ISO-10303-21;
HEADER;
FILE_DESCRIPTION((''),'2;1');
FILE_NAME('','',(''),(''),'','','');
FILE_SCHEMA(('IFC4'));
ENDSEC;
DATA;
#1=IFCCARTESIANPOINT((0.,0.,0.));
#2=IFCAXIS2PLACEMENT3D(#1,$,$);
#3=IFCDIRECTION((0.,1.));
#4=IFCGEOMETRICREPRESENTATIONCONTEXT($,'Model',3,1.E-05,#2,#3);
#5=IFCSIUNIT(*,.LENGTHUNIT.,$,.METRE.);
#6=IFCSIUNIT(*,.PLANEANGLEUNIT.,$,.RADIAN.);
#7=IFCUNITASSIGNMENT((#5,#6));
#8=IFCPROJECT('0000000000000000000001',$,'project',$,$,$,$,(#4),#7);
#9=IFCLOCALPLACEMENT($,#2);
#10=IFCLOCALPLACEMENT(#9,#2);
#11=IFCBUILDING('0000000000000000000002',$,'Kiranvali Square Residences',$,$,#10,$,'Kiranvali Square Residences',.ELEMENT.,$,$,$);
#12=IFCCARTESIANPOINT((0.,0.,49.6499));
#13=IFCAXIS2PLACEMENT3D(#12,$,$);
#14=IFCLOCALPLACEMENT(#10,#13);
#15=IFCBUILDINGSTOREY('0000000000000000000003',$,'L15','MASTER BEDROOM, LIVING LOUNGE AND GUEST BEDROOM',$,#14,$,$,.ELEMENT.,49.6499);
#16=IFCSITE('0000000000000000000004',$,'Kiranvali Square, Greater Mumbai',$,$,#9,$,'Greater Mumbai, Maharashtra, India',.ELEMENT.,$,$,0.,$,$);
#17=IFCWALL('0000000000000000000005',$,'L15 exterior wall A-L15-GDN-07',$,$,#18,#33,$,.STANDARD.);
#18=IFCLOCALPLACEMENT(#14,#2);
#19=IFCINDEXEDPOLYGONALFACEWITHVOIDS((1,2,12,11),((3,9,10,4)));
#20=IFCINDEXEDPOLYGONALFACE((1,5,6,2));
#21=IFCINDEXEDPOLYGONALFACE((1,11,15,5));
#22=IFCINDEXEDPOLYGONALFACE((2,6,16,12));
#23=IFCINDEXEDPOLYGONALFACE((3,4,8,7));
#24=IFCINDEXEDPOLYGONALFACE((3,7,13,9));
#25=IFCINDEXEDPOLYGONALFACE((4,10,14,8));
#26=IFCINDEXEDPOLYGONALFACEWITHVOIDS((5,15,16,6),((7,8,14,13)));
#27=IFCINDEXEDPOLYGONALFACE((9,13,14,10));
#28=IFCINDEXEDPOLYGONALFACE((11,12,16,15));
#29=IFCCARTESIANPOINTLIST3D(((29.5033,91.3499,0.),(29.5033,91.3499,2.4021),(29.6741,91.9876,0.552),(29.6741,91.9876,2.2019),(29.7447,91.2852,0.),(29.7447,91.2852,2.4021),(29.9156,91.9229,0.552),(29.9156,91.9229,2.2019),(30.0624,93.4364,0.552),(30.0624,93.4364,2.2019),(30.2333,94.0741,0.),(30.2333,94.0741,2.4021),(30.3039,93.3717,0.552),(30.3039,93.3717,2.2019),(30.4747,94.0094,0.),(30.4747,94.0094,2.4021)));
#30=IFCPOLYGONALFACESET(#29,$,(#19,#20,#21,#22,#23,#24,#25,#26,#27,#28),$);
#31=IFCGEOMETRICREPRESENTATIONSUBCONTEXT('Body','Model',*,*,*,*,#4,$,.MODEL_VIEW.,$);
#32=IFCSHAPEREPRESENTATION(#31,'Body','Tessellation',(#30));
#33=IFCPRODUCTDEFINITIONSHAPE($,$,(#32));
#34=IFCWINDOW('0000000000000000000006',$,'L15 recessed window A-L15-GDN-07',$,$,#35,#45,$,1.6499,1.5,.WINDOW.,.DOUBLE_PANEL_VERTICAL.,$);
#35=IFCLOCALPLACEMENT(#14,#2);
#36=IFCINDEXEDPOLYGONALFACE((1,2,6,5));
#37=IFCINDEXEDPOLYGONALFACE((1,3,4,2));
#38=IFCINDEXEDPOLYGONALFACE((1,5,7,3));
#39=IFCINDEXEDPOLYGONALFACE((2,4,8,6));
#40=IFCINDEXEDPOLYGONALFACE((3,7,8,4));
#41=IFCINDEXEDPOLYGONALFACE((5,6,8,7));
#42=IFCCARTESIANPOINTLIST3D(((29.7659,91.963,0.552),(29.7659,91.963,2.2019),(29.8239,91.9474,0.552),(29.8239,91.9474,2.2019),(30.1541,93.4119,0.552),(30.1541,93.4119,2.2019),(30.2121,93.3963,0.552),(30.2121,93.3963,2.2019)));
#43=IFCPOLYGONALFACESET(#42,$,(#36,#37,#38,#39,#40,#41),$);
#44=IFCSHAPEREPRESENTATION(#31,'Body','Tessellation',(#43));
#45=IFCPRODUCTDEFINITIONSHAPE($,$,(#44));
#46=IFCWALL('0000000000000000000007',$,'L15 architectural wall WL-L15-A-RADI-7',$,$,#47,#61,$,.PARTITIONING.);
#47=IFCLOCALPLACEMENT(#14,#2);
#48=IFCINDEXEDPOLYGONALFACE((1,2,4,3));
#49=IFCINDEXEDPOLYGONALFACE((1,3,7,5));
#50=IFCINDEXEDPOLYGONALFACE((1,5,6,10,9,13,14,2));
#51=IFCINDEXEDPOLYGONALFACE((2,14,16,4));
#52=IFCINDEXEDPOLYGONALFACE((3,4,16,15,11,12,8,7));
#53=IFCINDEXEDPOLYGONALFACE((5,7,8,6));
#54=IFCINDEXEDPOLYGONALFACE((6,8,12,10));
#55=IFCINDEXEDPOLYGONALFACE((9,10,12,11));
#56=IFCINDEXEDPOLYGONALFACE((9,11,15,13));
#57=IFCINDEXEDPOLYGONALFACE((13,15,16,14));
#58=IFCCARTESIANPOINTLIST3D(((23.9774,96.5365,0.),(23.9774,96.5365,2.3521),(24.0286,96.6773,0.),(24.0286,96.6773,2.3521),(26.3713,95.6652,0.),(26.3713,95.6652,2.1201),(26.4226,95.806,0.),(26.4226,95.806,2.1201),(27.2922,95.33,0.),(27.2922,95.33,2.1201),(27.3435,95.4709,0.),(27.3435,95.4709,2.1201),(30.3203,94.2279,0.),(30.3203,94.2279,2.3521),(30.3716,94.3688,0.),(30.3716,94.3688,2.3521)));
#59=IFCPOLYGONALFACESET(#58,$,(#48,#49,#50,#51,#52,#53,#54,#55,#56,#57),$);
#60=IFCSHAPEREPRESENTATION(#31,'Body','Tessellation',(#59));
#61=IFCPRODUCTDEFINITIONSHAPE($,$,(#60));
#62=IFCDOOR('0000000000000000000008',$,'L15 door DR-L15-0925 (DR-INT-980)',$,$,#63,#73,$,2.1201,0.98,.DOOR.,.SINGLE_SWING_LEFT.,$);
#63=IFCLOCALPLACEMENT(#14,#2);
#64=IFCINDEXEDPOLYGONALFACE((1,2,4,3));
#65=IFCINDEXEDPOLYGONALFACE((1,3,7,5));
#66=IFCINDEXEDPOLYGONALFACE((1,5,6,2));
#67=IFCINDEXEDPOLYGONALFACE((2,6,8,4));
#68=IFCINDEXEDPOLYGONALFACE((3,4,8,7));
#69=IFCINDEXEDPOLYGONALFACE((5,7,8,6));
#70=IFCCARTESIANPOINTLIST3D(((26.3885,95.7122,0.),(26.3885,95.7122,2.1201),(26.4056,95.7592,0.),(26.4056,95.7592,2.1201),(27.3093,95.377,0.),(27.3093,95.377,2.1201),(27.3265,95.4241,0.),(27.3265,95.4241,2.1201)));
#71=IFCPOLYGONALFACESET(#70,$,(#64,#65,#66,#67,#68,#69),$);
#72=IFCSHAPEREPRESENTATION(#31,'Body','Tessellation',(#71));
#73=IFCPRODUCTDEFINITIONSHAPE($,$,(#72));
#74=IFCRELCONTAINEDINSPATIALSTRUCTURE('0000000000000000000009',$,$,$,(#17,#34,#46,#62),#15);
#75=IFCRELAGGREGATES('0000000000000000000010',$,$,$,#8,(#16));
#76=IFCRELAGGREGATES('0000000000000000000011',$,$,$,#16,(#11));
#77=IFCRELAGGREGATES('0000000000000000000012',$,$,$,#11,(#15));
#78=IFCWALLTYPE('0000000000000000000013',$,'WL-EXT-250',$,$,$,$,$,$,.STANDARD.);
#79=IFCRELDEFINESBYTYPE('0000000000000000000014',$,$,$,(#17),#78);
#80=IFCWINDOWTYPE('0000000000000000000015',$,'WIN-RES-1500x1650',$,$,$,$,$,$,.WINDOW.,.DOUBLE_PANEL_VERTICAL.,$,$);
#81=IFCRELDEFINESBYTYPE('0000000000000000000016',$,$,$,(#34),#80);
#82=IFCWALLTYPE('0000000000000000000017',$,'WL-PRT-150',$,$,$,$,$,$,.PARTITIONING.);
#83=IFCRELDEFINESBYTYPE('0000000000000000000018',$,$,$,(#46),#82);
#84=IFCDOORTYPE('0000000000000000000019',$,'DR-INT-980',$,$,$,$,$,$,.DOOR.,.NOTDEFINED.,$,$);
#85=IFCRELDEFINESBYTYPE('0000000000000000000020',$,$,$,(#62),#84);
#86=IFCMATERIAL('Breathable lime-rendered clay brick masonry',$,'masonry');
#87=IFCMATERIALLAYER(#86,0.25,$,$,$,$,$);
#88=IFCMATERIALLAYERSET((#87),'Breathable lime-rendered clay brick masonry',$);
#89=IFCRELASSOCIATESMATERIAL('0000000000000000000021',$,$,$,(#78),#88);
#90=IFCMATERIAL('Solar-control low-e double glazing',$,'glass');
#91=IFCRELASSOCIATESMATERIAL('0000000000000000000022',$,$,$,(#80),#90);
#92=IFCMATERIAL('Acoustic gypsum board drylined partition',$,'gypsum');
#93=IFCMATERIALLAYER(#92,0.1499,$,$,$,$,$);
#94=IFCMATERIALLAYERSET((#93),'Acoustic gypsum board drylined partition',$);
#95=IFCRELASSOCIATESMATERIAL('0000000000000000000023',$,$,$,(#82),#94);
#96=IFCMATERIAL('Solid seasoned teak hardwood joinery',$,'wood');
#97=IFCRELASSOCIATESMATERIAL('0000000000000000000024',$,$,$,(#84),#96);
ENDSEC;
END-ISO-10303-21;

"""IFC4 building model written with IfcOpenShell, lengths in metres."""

from ifc_helpers import new_model, si_unit, direction, frame, frame_2d, origin, place, context, subcontext, project, spatial, rectangle, extrude, material, layer, layer_set, type_object, element, fill, save


model = new_model("IFC4")

# Units and contexts
model_context = context("Model", 3, precision=1e-05, world=origin(), true_north=direction((0.0, 1.0)))
body_context = subcontext(model_context, "Body", "Model", "MODEL_VIEW")
ifc_project = project(units=[si_unit("LENGTHUNIT", "METRE"), si_unit("PLANEANGLEUNIT", "RADIAN")], contexts=[model_context])

# Site, building, storey
site_placement = place(None, origin())
site = spatial("IfcSite", under=ifc_project, at=site_placement, Name="Kiranvali Square, Greater Mumbai", LongName="Greater Mumbai, Maharashtra, India", CompositionType="ELEMENT", RefElevation=0.0)
building_placement = place(site_placement, origin())
building = spatial("IfcBuilding", under=site, at=building_placement, Name="Kiranvali Square Residences", LongName="Kiranvali Square Residences", CompositionType="ELEMENT")
storey_placement = place(building_placement, frame((0.0, 0.0, 49.6499)))
storey = spatial("IfcBuildingStorey", under=building, at=storey_placement, Name="L15", Description="MASTER BEDROOM, LIVING LOUNGE AND GUEST BEDROOM", CompositionType="ELEMENT", Elevation=49.6499)

# Wall, opening, window
ifc_material_1 = material(Name="Breathable lime-rendered clay brick masonry", Category="masonry")
ifc_layer_1 = layer(ifc_material_1, 0.25)
ifc_layer_set_1 = layer_set([ifc_layer_1], Name="Breathable lime-rendered clay brick masonry")
wall_type_1 = type_object("IfcWallType", Name="WL-EXT-250", PredefinedType="STANDARD", material=ifc_layer_set_1)
ifc_material_2 = material(Name="Solar-control low-e double glazing", Category="glass")
wall_1_placement = place(storey_placement, frame((30.354, 94.0417, 0.0), z_axis=(0.0, 0.0, 1.0), x_axis=(-0.258837, -0.965921, 0.0)))
wall_1 = element("IfcWall", 1, at=wall_1_placement, inside=storey, type_object=wall_type_1, Name="L15 exterior wall A-L15-GDN-07", PredefinedType="STANDARD", context=body_context, shape_type="SweptSolid", body=[
    extrude(rectangle(XDim=2.8203, YDim=0.25, at=frame_2d((1.4102, 0.0))), origin(), (0.0, 0.0, 1.0), 2.4021),
])
opening_1_placement = place(wall_1_placement, frame((0.6602, 0.0, 0.552)))
opening_1 = element("IfcOpeningElement", 2, at=opening_1_placement, cuts=wall_1, PredefinedType="OPENING", context=body_context, shape_type="SweptSolid", body=[
    extrude(rectangle(XDim=1.5, YDim=1.6499, at=frame_2d((0.75, 0.825))), frame((0.0, 0.135, 0.0), z_axis=(0.0, -1.0, 0.0), x_axis=(1.0, 0.0, 0.0)), (0.0, 0.0, 1.0), 0.27),
])
window_type_1 = type_object("IfcWindowType", Name="WIN-RES-1500x1650", PartitioningType="DOUBLE_PANEL_VERTICAL", PredefinedType="WINDOW", material=ifc_material_2)
window_1_placement = place(opening_1_placement, origin())
window_1 = element("IfcWindow", 3, at=window_1_placement, inside=storey, type_object=window_type_1, Name="L15 recessed window A-L15-GDN-07", OverallHeight=1.6499, OverallWidth=1.5, PartitioningType="DOUBLE_PANEL_VERTICAL", PredefinedType="WINDOW", context=body_context, shape_type="SweptSolid", body=[
    extrude(rectangle(XDim=1.5, YDim=1.6499, at=frame_2d((0.75, 0.825))), frame((0.0, 0.03, 0.0), z_axis=(0.0, -1.0, 0.0), x_axis=(1.0, 0.0, 0.0)), (0.0, 0.0, 1.0), 0.0601),
])
fill(opening_1, window_1)

# Wall, opening, door
ifc_material_3 = material(Name="Acoustic gypsum board drylined partition", Category="gypsum")
ifc_layer_2 = layer(ifc_material_3, 0.1499)
ifc_layer_set_2 = layer_set([ifc_layer_2], Name="Acoustic gypsum board drylined partition")
wall_type_2 = type_object("IfcWallType", Name="WL-PRT-150", PredefinedType="PARTITIONING", material=ifc_layer_set_2)
wall_2_placement = place(storey_placement, frame((30.3459, 94.2983, 0.0), z_axis=(0.0, 0.0, 1.0), x_axis=(-0.939696, 0.34201, 0.0)))
wall_2 = element("IfcWall", 4, at=wall_2_placement, inside=storey, type_object=wall_type_2, Name="L15 architectural wall WL-L15-A-RADI-7", PredefinedType="PARTITIONING", context=body_context, shape_type="SweptSolid", body=[
    extrude(rectangle(XDim=6.75, YDim=0.1499, at=frame_2d((3.375, 0.0))), origin(), (0.0, 0.0, 1.0), 2.3521),
])
opening_2_placement = place(wall_2_placement, frame((3.2224, 0.0, 0.0)))
opening_2 = element("IfcOpeningElement", 5, at=opening_2_placement, cuts=wall_2, PredefinedType="OPENING", context=body_context, shape_type="SweptSolid", body=[
    extrude(rectangle(XDim=0.98, YDim=2.1201, at=frame_2d((0.49, 1.0601))), frame((0.0, 0.085, 0.0), z_axis=(0.0, -1.0, 0.0), x_axis=(1.0, 0.0, 0.0)), (0.0, 0.0, 1.0), 0.1699),
])
ifc_material_4 = material(Name="Solid seasoned teak hardwood joinery", Category="wood")
door_type = type_object("IfcDoorType", Name="DR-INT-980", OperationType="NOTDEFINED", PredefinedType="DOOR", material=ifc_material_4)
door_placement = place(opening_2_placement, origin())
door = element("IfcDoor", 6, at=door_placement, inside=storey, type_object=door_type, Name="L15 door DR-L15-0925 (DR-INT-980)", OperationType="SINGLE_SWING_LEFT", OverallHeight=2.1201, OverallWidth=0.98, PredefinedType="DOOR", context=body_context, shape_type="SweptSolid", body=[
    extrude(rectangle(XDim=0.98, YDim=2.1201, at=frame_2d((0.49, 1.0601))), frame((0.0, 0.0249, 0.0), z_axis=(0.0, -1.0, 0.0), x_axis=(1.0, 0.0, 0.0)), (0.0, 0.0, 1.0), 0.05),
])
fill(opening_2, door)

save(model, "model.ifc")
